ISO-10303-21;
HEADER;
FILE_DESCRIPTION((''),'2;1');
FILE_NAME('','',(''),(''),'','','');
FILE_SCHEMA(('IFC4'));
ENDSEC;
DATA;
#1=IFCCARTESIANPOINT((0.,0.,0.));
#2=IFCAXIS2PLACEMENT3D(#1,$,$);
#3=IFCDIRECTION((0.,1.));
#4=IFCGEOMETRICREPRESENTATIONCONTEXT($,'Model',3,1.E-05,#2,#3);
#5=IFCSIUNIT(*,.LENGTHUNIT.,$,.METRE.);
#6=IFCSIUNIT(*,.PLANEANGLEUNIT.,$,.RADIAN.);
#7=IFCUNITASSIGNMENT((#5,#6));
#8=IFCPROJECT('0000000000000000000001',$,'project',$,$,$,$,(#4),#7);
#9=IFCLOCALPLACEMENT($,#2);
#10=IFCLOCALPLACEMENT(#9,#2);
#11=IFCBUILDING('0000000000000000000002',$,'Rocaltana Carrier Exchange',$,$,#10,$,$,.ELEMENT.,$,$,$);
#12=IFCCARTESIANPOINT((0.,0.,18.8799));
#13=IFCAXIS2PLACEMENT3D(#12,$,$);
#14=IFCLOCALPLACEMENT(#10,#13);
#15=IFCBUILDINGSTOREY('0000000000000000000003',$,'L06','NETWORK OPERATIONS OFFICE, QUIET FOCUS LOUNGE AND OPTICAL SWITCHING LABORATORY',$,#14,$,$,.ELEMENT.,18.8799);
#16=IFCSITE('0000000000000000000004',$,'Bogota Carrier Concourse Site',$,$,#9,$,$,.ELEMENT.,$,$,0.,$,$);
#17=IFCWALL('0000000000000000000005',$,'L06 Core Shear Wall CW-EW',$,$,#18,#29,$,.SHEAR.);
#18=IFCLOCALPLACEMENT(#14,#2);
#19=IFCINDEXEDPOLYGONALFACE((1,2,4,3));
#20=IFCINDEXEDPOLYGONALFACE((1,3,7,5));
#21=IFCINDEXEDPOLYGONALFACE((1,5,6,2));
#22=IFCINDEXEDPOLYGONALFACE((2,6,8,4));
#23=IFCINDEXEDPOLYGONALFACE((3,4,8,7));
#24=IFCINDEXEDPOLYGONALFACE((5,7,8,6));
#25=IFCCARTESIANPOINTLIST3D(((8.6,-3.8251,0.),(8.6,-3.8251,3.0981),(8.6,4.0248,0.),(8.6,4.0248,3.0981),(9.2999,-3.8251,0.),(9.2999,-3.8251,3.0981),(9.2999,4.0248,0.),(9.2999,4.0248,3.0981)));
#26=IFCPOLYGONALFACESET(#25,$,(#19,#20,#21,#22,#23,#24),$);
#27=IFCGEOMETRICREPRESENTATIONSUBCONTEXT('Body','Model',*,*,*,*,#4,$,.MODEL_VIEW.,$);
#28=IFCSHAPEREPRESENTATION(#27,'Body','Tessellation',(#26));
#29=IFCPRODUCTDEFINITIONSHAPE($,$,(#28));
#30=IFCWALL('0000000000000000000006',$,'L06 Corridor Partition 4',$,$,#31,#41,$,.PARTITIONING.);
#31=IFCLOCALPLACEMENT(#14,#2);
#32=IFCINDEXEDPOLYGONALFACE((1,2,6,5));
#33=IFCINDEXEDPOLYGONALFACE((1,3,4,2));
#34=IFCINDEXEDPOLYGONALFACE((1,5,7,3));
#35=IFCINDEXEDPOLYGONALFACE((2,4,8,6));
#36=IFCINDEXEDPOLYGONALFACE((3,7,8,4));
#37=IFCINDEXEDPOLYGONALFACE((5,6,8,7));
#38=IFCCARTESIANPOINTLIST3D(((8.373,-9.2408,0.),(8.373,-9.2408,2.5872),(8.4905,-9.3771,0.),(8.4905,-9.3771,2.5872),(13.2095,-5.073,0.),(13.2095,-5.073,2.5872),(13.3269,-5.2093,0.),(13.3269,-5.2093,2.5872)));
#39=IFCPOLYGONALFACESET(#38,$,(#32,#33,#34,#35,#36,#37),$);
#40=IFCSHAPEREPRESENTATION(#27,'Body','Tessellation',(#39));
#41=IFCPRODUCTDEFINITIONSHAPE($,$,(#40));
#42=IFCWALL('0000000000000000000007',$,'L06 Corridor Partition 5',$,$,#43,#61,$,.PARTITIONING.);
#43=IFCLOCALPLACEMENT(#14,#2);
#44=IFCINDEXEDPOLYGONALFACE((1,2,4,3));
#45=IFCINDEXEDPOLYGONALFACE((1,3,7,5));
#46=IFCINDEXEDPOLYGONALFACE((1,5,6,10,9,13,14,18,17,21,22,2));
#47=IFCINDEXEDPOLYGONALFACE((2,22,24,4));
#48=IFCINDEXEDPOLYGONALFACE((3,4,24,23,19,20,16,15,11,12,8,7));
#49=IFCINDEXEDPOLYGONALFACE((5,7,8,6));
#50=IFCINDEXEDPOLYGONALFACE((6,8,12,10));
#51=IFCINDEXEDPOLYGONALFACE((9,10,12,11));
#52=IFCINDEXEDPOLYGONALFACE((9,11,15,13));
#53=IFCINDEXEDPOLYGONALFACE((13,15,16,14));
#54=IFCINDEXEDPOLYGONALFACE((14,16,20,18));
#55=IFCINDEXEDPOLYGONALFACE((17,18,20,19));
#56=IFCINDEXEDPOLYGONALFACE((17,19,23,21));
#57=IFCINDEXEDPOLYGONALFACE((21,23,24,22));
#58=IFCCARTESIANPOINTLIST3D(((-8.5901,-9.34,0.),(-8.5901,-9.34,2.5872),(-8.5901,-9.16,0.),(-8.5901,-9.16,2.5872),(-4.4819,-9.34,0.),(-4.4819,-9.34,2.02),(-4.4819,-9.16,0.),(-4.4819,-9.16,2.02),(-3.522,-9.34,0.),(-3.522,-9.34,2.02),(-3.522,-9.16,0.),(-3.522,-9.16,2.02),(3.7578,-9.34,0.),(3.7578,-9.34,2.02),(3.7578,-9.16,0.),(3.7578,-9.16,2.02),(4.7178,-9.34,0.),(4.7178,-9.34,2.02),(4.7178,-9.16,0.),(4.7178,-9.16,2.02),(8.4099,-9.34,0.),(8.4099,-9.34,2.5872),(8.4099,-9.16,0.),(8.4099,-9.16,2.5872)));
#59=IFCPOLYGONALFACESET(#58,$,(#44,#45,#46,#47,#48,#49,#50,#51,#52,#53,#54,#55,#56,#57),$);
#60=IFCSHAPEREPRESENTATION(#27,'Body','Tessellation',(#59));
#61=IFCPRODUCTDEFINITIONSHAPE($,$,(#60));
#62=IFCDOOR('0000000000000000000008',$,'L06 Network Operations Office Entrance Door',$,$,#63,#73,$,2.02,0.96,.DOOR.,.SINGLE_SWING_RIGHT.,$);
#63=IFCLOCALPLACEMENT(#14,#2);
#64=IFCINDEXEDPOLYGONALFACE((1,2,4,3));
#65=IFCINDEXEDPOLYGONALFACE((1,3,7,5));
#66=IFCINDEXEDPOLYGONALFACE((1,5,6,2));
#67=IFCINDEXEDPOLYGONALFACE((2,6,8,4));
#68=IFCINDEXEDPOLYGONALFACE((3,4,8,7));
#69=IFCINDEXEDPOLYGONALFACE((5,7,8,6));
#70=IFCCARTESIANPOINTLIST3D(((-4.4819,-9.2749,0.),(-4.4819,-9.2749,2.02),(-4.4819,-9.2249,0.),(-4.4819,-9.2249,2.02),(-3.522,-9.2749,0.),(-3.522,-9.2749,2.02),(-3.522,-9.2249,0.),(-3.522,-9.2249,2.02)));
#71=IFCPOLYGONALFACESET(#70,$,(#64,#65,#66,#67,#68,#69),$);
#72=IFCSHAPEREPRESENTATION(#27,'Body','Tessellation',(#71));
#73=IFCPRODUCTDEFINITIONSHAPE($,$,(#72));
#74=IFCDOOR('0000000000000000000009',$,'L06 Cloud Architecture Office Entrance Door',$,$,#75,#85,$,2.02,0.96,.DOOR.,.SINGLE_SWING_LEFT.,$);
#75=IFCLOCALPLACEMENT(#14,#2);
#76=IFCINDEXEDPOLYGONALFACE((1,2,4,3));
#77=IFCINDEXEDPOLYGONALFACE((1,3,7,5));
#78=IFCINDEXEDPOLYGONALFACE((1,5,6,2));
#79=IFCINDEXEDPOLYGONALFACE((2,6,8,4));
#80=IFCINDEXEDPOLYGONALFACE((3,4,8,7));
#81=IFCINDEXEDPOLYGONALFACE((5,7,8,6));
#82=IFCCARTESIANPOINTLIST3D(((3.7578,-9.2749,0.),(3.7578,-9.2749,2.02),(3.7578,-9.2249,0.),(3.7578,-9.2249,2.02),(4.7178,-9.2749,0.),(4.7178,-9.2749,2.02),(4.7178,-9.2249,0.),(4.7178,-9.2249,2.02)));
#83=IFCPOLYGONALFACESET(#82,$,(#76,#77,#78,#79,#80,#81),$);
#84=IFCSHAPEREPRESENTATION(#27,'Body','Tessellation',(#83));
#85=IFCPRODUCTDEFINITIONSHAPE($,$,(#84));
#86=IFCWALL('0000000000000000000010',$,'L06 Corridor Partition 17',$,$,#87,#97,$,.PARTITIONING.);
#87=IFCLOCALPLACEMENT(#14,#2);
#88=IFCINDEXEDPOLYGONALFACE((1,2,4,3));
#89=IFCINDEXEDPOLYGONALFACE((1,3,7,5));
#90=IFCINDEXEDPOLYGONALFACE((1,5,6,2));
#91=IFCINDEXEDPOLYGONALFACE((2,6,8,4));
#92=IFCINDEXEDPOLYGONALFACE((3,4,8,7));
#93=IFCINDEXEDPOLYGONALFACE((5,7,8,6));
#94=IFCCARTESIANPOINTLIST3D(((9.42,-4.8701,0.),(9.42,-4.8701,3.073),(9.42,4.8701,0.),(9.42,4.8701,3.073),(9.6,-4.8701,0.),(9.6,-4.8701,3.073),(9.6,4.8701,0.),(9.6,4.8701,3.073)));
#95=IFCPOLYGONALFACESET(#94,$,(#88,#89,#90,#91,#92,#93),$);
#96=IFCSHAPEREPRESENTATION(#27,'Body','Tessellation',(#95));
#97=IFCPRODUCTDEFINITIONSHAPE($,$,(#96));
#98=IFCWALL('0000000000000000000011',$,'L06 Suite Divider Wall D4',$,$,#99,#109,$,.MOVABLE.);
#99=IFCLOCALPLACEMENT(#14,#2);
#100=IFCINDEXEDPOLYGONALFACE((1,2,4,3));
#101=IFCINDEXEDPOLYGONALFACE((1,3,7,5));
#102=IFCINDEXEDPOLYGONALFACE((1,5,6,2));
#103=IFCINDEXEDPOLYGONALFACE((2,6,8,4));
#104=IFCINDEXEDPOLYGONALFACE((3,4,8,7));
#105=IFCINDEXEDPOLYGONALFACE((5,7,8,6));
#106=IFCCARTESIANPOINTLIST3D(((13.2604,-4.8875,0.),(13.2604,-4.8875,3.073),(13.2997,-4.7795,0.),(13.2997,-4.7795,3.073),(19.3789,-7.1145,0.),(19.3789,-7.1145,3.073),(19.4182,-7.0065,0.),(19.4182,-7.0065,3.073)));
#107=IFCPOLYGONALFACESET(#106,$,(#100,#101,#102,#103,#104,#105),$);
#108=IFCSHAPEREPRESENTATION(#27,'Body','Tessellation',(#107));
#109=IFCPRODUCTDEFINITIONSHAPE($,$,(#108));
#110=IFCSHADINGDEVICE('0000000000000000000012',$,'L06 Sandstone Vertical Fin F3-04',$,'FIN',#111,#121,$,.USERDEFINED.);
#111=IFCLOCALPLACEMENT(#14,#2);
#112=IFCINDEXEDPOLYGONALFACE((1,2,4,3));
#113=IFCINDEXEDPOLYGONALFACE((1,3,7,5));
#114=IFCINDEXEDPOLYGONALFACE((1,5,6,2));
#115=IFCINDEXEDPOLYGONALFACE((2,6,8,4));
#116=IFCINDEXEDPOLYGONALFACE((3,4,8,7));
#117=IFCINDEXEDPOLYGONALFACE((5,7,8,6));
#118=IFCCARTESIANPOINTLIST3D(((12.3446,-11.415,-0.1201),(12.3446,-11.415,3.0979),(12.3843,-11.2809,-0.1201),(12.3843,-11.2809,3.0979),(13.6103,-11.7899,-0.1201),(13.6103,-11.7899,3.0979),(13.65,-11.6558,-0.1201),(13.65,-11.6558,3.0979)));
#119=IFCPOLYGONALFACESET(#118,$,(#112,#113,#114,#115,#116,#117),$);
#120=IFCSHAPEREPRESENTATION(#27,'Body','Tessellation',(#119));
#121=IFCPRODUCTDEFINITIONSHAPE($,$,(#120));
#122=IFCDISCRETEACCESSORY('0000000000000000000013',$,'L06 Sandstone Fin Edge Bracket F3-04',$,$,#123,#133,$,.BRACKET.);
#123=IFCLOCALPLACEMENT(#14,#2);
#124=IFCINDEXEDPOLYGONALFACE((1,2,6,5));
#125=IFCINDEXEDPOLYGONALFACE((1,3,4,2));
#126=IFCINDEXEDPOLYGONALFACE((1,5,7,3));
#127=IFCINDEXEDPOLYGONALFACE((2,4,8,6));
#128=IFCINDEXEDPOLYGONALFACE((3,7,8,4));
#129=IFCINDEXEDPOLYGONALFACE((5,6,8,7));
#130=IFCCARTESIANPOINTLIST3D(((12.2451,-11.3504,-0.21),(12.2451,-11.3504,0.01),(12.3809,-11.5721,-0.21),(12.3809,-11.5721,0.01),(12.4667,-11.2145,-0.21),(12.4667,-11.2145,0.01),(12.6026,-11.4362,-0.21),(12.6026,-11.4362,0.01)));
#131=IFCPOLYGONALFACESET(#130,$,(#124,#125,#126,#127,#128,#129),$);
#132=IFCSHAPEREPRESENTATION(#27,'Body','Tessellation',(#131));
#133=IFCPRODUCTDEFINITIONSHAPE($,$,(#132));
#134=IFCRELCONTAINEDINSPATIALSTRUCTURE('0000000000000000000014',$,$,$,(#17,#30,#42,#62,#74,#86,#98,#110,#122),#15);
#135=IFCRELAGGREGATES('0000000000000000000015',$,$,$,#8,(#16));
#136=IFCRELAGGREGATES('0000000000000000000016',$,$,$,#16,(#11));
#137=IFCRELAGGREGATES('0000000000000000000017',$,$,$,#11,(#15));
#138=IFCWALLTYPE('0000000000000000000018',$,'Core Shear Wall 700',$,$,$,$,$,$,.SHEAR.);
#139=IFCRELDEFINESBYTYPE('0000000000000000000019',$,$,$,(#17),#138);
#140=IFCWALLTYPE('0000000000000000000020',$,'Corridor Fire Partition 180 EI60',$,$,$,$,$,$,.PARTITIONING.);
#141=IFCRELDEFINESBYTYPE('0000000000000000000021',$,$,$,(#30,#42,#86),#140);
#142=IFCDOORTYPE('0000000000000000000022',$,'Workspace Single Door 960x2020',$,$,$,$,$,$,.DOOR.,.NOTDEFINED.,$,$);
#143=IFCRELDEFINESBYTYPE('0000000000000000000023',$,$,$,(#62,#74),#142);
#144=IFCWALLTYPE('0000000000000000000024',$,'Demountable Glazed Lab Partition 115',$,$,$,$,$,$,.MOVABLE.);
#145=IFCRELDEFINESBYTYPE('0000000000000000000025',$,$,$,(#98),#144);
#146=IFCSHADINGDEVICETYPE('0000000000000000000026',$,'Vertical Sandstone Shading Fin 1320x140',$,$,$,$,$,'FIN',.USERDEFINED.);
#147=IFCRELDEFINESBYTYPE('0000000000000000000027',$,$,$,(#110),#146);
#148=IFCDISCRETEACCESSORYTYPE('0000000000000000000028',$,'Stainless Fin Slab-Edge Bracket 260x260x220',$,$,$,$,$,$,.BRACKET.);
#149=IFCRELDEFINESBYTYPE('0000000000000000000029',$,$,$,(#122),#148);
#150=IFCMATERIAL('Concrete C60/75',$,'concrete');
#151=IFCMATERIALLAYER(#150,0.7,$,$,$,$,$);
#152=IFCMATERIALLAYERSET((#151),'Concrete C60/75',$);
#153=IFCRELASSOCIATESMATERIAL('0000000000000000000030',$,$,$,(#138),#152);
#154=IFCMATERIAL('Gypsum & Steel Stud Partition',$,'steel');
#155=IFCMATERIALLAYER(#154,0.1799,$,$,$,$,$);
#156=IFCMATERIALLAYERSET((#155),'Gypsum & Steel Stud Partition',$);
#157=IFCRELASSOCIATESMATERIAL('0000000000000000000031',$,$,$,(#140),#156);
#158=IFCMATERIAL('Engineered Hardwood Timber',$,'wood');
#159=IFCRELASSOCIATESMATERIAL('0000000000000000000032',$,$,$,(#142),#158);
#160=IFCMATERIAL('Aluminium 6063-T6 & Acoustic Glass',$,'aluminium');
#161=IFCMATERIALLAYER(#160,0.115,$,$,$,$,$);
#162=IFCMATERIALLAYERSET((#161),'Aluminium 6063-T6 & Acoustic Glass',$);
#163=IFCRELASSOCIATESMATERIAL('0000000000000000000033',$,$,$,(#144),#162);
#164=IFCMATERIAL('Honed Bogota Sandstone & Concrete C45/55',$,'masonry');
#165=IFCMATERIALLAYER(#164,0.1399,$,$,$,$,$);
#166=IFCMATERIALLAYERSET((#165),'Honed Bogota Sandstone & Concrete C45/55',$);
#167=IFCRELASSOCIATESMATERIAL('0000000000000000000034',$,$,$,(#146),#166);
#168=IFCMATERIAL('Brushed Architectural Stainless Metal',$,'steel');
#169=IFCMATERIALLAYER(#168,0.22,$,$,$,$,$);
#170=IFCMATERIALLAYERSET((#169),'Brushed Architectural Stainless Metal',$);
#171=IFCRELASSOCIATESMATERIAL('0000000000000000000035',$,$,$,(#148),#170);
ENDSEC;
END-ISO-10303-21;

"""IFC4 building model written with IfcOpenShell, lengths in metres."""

from ifc_helpers import new_model, si_unit, direction, frame, frame_2d, origin, origin_2d, place, context, subcontext, project, spatial, rectangle, extrude, material, layer, layer_set, type_object, element, fill, save


model = new_model("IFC4")

# Units and contexts
model_context = context("Model", 3, precision=1e-05, world=origin(), true_north=direction((0.0, 1.0)))
body_context = subcontext(model_context, "Body", "Model", "MODEL_VIEW")
ifc_project = project(units=[si_unit("LENGTHUNIT", "METRE"), si_unit("PLANEANGLEUNIT", "RADIAN")], contexts=[model_context])

# Site, building, storey
site_placement = place(None, origin())
site = spatial("IfcSite", under=ifc_project, at=site_placement, Name="Bogota Carrier Concourse Site", CompositionType="ELEMENT", RefElevation=0.0)
building_placement = place(site_placement, origin())
building = spatial("IfcBuilding", under=site, at=building_placement, Name="Rocaltana Carrier Exchange", CompositionType="ELEMENT")
storey_placement = place(building_placement, frame((0.0, 0.0, 18.8799)))
storey = spatial("IfcBuildingStorey", under=building, at=storey_placement, Name="L06", Description="NETWORK OPERATIONS OFFICE, QUIET FOCUS LOUNGE AND OPTICAL SWITCHING LABORATORY", CompositionType="ELEMENT", Elevation=18.8799)

# Walls
ifc_material_1 = material(Name="Concrete C60/75", Category="concrete")
ifc_layer_1 = layer(ifc_material_1, 0.7)
ifc_layer_set_1 = layer_set([ifc_layer_1], Name="Concrete C60/75")
wall_type_1 = type_object("IfcWallType", Name="Core Shear Wall 700", PredefinedType="SHEAR", material=ifc_layer_set_1)
wall_1_placement = place(storey_placement, frame((8.95, -3.825, 0.0), z_axis=(0.0, 0.0, 1.0), x_axis=(0.0, 1.0, 0.0)))
element("IfcWall", 1, at=wall_1_placement, inside=storey, type_object=wall_type_1, Name="L06 Core Shear Wall CW-EW", PredefinedType="SHEAR", context=body_context, shape_type="SweptSolid", body=[
    extrude(rectangle(XDim=7.8499, YDim=0.7, at=frame_2d((3.9248, 0.0))), origin(), (0.0, 0.0, 1.0), 3.0981),
])
ifc_material_2 = material(Name="Gypsum & Steel Stud Partition", Category="steel")
ifc_layer_2 = layer(ifc_material_2, 0.1799)
ifc_layer_set_2 = layer_set([ifc_layer_2], Name="Gypsum & Steel Stud Partition")
wall_type_2 = type_object("IfcWallType", Name="Corridor Fire Partition 180 EI60", PredefinedType="PARTITIONING", material=ifc_layer_set_2)
wall_2_placement = place(storey_placement, frame((13.2683, -5.1411, 0.0), z_axis=(0.0, 0.0, 1.0), x_axis=(-0.757535, -0.652795, 0.0)))
element("IfcWall", 2, at=wall_2_placement, inside=storey, type_object=wall_type_2, Name="L06 Corridor Partition 4", PredefinedType="PARTITIONING", context=body_context, shape_type="SweptSolid", body=[
    extrude(rectangle(XDim=6.3845, YDim=0.1799, at=frame_2d((3.1924, 0.0))), origin(), (0.0, 0.0, 1.0), 2.5872),
])

# Wall, openings, doors
wall_3_placement = place(storey_placement, frame((8.4099, -9.25, 0.0), z_axis=(0.0, 0.0, 1.0), x_axis=(-1.0, 0.0, 0.0)))
wall_3 = element("IfcWall", 3, at=wall_3_placement, inside=storey, type_object=wall_type_2, Name="L06 Corridor Partition 5", PredefinedType="PARTITIONING", context=body_context, shape_type="SweptSolid", body=[
    extrude(rectangle(XDim=17.0, YDim=0.1799, at=frame_2d((8.5, 0.0))), origin(), (0.0, 0.0, 1.0), 2.5872),
])
opening_1_placement = place(wall_3_placement, frame((11.9319, 0.0, 0.0)))
opening_1 = element("IfcOpeningElement", 4, at=opening_1_placement, cuts=wall_3, PredefinedType="OPENING", context=body_context, shape_type="SweptSolid", body=[
    extrude(rectangle(XDim=0.96, YDim=2.02, at=frame_2d((0.48, 1.01))), frame((0.0, 0.0999, 0.0), z_axis=(0.0, -1.0, 0.0), x_axis=(1.0, 0.0, 0.0)), (0.0, 0.0, 1.0), 0.2),
])
opening_2_placement = place(wall_3_placement, frame((3.6921, 0.0, 0.0)))
opening_2 = element("IfcOpeningElement", 5, at=opening_2_placement, cuts=wall_3, PredefinedType="OPENING", context=body_context, shape_type="SweptSolid", body=[
    extrude(rectangle(XDim=0.96, YDim=2.02, at=frame_2d((0.48, 1.01))), frame((0.0, 0.0999, 0.0), z_axis=(0.0, -1.0, 0.0), x_axis=(1.0, 0.0, 0.0)), (0.0, 0.0, 1.0), 0.2),
])
ifc_material_3 = material(Name="Engineered Hardwood Timber", Category="wood")
door_type = type_object("IfcDoorType", Name="Workspace Single Door 960x2020", OperationType="NOTDEFINED", PredefinedType="DOOR", material=ifc_material_3)
door_1_placement = place(opening_1_placement, origin())
door_1 = element("IfcDoor", 6, at=door_1_placement, inside=storey, type_object=door_type, Name="L06 Network Operations Office Entrance Door", OperationType="SINGLE_SWING_RIGHT", OverallHeight=2.02, OverallWidth=0.96, PredefinedType="DOOR", context=body_context, shape_type="SweptSolid", body=[
    extrude(rectangle(XDim=0.96, YDim=2.02, at=frame_2d((0.48, 1.01))), frame((0.0, 0.0249, 0.0), z_axis=(0.0, -1.0, 0.0), x_axis=(1.0, 0.0, 0.0)), (0.0, 0.0, 1.0), 0.05),
])
fill(opening_1, door_1)
door_2_placement = place(opening_2_placement, origin())
door_2 = element("IfcDoor", 7, at=door_2_placement, inside=storey, type_object=door_type, Name="L06 Cloud Architecture Office Entrance Door", OperationType="SINGLE_SWING_LEFT", OverallHeight=2.02, OverallWidth=0.96, PredefinedType="DOOR", context=body_context, shape_type="SweptSolid", body=[
    extrude(rectangle(XDim=0.96, YDim=2.02, at=frame_2d((0.48, 1.01))), frame((0.0, 0.0249, 0.0), z_axis=(0.0, -1.0, 0.0), x_axis=(1.0, 0.0, 0.0)), (0.0, 0.0, 1.0), 0.05),
])
fill(opening_2, door_2)

# Walls
wall_4_placement = place(storey_placement, frame((9.51, -4.8701, 0.0), z_axis=(0.0, 0.0, 1.0), x_axis=(0.0, 1.0, 0.0)))
element("IfcWall", 8, at=wall_4_placement, inside=storey, type_object=wall_type_2, Name="L06 Corridor Partition 17", PredefinedType="PARTITIONING", context=body_context, shape_type="SweptSolid", body=[
    extrude(rectangle(XDim=9.7402, YDim=0.1799, at=frame_2d((4.8701, 0.0))), origin(), (0.0, 0.0, 1.0), 3.073),
])
ifc_material_4 = material(Name="Aluminium 6063-T6 & Acoustic Glass", Category="aluminium")
ifc_layer_3 = layer(ifc_material_4, 0.115)
ifc_layer_set_3 = layer_set([ifc_layer_3], Name="Aluminium 6063-T6 & Acoustic Glass")
wall_type_3 = type_object("IfcWallType", Name="Demountable Glazed Lab Partition 115", PredefinedType="MOVABLE", material=ifc_layer_set_3)
wall_5_placement = place(storey_placement, frame((13.28, -4.8335, 0.0), z_axis=(0.0, 0.0, 1.0), x_axis=(0.93969, -0.342026, 0.0)))
element("IfcWall", 9, at=wall_5_placement, inside=storey, type_object=wall_type_3, Name="L06 Suite Divider Wall D4", PredefinedType="MOVABLE", context=body_context, shape_type="SweptSolid", body=[
    extrude(rectangle(XDim=6.5112, YDim=0.115, at=frame_2d((3.2556, 0.0))), origin(), (0.0, 0.0, 1.0), 3.073),
])

# Shading device
ifc_material_5 = material(Name="Honed Bogota Sandstone & Concrete C45/55", Category="masonry")
ifc_layer_4 = layer(ifc_material_5, 0.1399)
ifc_layer_set_4 = layer_set([ifc_layer_4], Name="Honed Bogota Sandstone & Concrete C45/55")
shading_device_type = type_object("IfcShadingDeviceType", Name="Vertical Sandstone Shading Fin 1320x140", ElementType="FIN", PredefinedType="USERDEFINED", material=ifc_layer_set_4)
shading_device_placement = place(storey_placement, frame((12.9973, -11.5354, -0.1201), z_axis=(0.0, 0.0, 1.0), x_axis=(0.95882, -0.284015, 0.0)))
element("IfcShadingDevice", 10, at=shading_device_placement, inside=storey, type_object=shading_device_type, Name="L06 Sandstone Vertical Fin F3-04", ObjectType="FIN", PredefinedType="USERDEFINED", context=body_context, shape_type="SweptSolid", body=[
    extrude(rectangle(XDim=1.3201, YDim=0.1399, at=origin_2d()), origin(), (0.0, 0.0, 1.0), 3.218),
])

# Discrete accessory
ifc_material_6 = material(Name="Brushed Architectural Stainless Metal", Category="steel")
ifc_layer_5 = layer(ifc_material_6, 0.22)
ifc_layer_set_5 = layer_set([ifc_layer_5], Name="Brushed Architectural Stainless Metal")
discrete_accessory_type = type_object("IfcDiscreteAccessoryType", Name="Stainless Fin Slab-Edge Bracket 260x260x220", PredefinedType="BRACKET", material=ifc_layer_set_5)
discrete_accessory_placement = place(storey_placement, frame((12.4238, -11.3933, -0.21), z_axis=(0.0, 0.0, 1.0), x_axis=(0.85264, 0.522499, 0.0)))
element("IfcDiscreteAccessory", 11, at=discrete_accessory_placement, inside=storey, type_object=discrete_accessory_type, Name="L06 Sandstone Fin Edge Bracket F3-04", PredefinedType="BRACKET", context=body_context, shape_type="SweptSolid", body=[
    extrude(rectangle(XDim=0.26, YDim=0.26, at=origin_2d()), origin(), (0.0, 0.0, 1.0), 0.22),
])

save(model, "model.ifc")
